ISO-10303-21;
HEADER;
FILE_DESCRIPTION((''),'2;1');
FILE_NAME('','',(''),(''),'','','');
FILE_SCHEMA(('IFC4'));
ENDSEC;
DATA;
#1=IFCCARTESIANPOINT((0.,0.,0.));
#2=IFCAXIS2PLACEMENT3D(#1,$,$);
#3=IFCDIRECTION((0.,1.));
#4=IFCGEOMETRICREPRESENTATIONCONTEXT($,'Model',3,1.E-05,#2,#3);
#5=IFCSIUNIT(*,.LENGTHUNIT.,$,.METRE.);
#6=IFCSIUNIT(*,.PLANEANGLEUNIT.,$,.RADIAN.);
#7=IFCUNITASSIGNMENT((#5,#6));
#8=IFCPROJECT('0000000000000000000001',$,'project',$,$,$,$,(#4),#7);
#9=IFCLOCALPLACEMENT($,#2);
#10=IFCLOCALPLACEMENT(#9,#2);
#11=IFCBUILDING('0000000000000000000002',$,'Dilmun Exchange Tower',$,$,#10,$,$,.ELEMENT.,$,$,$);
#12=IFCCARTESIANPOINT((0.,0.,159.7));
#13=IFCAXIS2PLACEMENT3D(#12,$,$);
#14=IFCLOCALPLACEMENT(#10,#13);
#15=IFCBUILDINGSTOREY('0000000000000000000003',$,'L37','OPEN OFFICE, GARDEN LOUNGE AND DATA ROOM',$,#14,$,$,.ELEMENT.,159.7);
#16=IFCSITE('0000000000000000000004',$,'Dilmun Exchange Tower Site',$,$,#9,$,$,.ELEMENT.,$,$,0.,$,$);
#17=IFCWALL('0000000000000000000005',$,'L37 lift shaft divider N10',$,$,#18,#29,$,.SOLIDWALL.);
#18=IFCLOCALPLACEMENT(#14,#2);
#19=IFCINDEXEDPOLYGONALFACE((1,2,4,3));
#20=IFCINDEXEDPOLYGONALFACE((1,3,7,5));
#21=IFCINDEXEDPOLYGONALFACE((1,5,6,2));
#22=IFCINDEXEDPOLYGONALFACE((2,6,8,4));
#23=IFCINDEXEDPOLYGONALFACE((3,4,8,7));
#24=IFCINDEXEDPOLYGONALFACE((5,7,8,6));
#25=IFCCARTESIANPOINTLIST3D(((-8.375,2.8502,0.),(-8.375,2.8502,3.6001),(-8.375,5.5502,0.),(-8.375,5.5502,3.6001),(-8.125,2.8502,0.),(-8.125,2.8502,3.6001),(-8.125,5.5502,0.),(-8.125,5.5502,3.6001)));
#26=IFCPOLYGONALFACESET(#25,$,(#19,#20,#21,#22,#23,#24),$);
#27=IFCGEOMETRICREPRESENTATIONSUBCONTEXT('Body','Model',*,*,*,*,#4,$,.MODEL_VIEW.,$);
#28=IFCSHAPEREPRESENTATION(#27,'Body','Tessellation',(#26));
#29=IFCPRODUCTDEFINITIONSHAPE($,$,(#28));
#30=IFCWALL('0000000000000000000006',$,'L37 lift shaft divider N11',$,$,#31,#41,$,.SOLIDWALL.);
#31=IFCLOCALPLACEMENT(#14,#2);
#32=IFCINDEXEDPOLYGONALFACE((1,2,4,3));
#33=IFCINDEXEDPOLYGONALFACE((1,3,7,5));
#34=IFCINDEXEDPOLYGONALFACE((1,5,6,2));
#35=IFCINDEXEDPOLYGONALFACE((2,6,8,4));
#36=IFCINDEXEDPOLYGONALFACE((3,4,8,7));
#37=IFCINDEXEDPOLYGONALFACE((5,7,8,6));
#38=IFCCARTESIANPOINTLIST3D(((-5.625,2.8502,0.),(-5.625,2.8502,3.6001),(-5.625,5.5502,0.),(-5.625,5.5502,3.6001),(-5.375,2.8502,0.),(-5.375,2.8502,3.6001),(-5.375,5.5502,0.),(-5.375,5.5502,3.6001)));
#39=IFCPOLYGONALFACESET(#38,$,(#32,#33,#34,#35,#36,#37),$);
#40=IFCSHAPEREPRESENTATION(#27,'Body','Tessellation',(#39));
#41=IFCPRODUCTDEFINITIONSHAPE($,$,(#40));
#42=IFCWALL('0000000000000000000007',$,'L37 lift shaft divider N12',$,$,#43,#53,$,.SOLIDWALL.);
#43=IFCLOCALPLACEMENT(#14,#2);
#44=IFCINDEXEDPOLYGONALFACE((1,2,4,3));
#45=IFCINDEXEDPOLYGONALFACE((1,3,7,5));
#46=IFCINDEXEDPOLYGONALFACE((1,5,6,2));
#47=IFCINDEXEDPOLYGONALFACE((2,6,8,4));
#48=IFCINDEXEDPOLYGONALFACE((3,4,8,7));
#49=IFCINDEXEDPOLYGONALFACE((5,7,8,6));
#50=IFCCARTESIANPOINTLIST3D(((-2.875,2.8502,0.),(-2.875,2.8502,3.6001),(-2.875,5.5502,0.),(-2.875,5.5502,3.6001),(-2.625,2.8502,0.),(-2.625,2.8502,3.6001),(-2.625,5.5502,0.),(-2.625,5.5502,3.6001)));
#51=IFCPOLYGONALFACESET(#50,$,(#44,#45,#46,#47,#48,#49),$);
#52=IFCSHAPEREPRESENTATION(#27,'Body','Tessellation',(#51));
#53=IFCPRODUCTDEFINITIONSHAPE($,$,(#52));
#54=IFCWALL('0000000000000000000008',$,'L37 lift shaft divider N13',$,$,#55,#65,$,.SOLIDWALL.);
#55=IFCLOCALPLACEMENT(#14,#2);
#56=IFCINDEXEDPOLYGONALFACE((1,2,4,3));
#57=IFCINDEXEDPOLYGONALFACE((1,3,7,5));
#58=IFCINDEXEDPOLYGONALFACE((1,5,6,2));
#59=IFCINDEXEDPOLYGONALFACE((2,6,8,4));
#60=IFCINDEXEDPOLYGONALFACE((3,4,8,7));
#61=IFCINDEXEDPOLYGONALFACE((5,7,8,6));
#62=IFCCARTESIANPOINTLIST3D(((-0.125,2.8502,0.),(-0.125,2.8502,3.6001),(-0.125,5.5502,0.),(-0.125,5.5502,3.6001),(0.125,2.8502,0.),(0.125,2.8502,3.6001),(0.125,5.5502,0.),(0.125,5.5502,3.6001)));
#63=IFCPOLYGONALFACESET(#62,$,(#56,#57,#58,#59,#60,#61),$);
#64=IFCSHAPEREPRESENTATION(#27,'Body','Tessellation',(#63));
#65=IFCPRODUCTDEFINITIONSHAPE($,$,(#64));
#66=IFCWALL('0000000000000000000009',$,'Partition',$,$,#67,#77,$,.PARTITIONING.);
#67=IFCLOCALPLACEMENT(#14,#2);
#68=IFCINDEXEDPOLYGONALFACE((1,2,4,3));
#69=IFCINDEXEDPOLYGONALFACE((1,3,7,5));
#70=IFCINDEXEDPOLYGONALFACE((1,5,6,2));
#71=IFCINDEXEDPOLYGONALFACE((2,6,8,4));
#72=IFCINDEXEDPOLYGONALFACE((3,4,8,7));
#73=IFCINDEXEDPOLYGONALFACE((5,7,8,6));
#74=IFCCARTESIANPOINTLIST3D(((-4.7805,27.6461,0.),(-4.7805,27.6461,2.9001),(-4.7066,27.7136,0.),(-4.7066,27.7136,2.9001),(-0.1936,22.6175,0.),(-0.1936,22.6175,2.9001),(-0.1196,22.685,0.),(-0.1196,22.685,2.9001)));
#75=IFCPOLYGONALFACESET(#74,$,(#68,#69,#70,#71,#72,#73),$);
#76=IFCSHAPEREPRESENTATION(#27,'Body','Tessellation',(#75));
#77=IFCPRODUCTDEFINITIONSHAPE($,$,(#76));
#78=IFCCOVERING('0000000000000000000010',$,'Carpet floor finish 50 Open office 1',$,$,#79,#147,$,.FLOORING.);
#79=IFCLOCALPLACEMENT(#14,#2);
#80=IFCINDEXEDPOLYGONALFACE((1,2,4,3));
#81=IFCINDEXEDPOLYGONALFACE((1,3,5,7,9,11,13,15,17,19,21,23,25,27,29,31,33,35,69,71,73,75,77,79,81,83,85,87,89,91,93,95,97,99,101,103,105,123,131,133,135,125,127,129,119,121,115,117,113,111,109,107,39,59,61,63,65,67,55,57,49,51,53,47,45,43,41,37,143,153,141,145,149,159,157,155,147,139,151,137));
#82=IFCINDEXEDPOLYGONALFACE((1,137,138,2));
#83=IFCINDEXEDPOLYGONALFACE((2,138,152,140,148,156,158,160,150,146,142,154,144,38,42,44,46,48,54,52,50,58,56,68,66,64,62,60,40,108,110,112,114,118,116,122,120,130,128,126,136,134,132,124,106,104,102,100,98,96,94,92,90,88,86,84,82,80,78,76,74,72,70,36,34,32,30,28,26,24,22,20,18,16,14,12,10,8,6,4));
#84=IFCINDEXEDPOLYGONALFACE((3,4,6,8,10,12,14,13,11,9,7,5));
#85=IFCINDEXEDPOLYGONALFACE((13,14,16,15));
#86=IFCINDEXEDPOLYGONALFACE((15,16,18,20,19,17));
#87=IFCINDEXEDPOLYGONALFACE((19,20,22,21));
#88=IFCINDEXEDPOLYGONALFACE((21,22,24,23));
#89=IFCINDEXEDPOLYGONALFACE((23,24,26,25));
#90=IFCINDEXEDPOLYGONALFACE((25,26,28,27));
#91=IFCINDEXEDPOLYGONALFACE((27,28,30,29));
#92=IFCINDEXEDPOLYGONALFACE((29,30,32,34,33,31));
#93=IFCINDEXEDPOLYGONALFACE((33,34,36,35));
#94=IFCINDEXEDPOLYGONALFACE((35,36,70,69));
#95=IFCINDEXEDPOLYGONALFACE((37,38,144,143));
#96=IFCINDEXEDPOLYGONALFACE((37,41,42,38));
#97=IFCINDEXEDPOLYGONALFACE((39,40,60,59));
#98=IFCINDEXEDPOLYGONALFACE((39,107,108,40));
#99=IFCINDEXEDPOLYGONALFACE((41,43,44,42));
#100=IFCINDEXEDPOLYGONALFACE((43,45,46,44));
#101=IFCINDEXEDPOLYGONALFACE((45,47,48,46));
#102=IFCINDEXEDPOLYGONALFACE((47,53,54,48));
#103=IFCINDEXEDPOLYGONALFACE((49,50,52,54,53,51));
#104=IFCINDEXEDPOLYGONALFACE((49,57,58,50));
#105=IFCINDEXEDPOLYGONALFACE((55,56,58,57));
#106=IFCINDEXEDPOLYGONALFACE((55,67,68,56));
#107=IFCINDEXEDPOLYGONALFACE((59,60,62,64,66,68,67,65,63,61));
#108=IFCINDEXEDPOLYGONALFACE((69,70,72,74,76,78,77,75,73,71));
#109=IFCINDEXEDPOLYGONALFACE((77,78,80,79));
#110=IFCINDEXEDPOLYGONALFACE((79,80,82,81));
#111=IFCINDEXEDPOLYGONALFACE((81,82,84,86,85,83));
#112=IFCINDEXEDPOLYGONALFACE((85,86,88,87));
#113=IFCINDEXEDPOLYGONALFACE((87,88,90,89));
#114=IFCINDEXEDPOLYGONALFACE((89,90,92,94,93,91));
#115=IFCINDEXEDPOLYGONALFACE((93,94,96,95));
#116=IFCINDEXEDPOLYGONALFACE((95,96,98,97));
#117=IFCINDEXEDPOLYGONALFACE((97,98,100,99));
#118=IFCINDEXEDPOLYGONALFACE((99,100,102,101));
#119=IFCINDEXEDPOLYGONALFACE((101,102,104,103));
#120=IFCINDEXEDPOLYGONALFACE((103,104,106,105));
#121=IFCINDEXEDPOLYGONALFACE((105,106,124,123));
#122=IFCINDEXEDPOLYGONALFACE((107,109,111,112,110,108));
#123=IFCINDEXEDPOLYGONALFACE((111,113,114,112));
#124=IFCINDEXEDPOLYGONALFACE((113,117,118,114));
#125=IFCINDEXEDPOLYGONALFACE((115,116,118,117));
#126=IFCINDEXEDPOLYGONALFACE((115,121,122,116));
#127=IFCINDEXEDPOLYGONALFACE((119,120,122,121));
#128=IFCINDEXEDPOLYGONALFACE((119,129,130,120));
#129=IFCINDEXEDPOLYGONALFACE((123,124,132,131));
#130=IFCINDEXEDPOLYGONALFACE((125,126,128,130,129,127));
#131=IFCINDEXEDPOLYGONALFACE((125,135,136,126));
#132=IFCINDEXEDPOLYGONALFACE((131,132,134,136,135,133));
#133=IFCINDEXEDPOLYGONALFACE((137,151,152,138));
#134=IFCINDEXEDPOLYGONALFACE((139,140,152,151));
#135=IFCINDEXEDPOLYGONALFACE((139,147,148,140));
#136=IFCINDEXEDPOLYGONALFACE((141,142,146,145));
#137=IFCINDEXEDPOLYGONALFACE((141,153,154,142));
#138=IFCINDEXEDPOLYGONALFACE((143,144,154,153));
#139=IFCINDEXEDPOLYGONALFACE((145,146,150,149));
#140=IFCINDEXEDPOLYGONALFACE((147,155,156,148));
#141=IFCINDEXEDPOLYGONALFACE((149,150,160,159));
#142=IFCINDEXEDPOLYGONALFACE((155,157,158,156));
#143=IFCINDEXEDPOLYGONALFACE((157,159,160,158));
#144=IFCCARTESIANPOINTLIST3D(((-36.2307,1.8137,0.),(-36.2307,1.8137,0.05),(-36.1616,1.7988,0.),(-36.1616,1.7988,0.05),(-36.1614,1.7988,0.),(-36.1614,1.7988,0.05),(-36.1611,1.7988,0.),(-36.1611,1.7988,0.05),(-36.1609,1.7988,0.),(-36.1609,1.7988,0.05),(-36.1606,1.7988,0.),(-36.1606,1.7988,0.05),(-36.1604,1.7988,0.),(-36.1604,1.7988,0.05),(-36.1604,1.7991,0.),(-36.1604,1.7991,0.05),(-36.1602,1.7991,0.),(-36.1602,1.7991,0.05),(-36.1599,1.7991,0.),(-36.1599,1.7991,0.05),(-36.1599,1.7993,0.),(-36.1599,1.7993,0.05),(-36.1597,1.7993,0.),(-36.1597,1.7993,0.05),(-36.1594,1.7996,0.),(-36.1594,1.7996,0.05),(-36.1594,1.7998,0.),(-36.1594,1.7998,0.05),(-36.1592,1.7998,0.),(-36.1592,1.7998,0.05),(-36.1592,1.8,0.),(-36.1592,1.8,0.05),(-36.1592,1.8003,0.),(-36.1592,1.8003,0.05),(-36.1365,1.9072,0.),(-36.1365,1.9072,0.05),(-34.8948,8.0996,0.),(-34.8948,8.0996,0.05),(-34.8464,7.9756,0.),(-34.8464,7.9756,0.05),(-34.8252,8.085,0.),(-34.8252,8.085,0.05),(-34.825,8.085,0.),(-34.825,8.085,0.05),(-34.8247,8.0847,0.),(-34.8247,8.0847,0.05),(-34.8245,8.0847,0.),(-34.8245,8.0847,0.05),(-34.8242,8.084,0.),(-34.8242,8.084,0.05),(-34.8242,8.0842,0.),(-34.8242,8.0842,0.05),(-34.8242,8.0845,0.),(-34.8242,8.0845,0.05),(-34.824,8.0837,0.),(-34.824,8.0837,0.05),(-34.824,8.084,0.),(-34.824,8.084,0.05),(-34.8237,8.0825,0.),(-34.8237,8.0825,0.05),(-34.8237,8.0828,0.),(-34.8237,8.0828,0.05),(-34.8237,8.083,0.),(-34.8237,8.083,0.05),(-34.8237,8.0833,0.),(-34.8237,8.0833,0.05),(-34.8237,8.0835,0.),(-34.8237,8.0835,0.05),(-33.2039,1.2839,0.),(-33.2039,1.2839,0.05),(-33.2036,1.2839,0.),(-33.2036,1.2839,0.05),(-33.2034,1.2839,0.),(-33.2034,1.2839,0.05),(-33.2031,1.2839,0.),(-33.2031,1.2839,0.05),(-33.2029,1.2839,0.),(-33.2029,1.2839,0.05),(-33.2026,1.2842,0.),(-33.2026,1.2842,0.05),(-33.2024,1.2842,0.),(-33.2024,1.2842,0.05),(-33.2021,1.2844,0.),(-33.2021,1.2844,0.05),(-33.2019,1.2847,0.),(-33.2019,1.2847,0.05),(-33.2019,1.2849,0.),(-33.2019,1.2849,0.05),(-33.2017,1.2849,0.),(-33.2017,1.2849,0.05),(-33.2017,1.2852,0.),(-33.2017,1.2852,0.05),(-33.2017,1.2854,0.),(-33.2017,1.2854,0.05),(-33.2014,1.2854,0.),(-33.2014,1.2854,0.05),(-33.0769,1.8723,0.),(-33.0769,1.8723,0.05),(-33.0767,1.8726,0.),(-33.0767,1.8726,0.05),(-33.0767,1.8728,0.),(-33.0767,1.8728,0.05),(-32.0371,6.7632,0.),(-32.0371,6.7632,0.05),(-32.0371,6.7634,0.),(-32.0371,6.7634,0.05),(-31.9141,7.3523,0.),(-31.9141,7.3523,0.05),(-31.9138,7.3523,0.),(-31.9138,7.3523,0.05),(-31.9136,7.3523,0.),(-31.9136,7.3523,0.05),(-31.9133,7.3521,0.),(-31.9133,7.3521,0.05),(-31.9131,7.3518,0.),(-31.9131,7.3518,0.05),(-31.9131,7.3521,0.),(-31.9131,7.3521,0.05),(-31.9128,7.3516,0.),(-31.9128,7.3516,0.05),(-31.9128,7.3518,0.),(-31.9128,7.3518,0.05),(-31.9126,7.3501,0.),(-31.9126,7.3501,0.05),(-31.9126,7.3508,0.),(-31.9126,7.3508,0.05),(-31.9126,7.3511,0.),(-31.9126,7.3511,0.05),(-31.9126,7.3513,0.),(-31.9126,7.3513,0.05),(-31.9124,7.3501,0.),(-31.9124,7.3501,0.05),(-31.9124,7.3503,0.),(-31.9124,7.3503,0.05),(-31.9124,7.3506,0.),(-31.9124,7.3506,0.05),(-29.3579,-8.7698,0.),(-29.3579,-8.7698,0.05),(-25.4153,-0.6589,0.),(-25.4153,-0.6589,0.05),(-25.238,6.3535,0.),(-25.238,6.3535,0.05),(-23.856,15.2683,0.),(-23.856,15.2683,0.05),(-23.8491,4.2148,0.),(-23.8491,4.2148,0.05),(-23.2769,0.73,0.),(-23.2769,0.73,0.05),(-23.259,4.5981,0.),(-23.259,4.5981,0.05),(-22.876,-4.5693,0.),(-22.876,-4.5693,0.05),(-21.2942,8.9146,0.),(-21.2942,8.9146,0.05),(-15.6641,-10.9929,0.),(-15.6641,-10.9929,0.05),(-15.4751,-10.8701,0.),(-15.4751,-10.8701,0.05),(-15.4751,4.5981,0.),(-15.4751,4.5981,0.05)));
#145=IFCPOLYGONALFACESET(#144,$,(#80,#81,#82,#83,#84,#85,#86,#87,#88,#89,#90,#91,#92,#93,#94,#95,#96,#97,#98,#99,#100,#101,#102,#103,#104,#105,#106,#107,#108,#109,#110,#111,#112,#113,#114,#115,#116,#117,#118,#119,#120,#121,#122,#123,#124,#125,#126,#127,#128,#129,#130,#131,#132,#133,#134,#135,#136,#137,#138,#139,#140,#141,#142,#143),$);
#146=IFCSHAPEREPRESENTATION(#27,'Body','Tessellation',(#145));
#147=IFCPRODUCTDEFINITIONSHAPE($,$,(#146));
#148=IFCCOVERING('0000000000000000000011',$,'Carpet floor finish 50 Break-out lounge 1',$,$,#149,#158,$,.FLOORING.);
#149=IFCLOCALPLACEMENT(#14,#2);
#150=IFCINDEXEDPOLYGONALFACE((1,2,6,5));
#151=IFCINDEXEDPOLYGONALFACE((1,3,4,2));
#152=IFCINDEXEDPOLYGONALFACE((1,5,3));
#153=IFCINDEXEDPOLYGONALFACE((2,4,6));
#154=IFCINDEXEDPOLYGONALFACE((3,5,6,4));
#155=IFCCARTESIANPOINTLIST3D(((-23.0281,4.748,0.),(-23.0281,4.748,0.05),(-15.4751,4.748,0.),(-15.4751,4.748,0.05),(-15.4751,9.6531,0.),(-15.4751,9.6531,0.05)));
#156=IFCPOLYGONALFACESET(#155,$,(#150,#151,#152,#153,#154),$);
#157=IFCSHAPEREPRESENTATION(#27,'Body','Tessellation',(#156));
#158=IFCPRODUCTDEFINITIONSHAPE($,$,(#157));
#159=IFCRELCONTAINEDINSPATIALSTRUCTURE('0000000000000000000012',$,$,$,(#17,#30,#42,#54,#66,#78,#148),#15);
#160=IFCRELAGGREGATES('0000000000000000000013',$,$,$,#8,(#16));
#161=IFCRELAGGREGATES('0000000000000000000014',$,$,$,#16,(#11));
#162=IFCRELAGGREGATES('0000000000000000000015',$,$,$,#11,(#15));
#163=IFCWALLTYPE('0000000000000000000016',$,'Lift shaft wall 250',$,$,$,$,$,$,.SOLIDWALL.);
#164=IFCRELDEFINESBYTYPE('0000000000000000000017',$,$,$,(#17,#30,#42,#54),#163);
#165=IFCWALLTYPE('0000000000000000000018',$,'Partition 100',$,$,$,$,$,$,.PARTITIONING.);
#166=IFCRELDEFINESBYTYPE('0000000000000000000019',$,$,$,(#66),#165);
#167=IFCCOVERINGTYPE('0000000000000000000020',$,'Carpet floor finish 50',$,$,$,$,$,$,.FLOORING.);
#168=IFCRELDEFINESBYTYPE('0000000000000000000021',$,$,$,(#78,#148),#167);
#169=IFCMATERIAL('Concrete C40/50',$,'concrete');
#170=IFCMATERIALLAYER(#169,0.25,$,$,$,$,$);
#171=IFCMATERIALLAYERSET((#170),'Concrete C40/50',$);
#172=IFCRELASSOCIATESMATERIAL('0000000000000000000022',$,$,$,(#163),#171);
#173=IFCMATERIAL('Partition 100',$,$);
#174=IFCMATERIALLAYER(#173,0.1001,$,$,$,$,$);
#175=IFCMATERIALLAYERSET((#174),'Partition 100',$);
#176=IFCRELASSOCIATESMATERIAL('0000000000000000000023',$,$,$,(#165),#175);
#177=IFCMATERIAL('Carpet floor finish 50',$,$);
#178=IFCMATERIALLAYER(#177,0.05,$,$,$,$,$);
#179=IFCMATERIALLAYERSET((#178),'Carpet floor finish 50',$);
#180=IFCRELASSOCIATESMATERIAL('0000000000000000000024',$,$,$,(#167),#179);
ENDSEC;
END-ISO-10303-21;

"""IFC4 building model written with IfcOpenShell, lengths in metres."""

from ifc_helpers import new_model, si_unit, direction, frame, frame_2d, origin, place, context, subcontext, project, spatial, polyline, rectangle, outline, extrude, material, layer, layer_set, type_object, element, save


model = new_model("IFC4")

# Units and contexts
model_context = context("Model", 3, precision=1e-05, world=origin(), true_north=direction((0.0, 1.0)))
body_context = subcontext(model_context, "Body", "Model", "MODEL_VIEW")
ifc_project = project(units=[si_unit("LENGTHUNIT", "METRE"), si_unit("PLANEANGLEUNIT", "RADIAN")], contexts=[model_context])

# Site, building, storey
site_placement = place(None, origin())
site = spatial("IfcSite", under=ifc_project, at=site_placement, Name="Dilmun Exchange Tower Site", CompositionType="ELEMENT", RefElevation=0.0)
building_placement = place(site_placement, origin())
building = spatial("IfcBuilding", under=site, at=building_placement, Name="Dilmun Exchange Tower", CompositionType="ELEMENT")
storey_placement = place(building_placement, frame((0.0, 0.0, 159.7)))
storey = spatial("IfcBuildingStorey", under=building, at=storey_placement, Name="L37", Description="OPEN OFFICE, GARDEN LOUNGE AND DATA ROOM", CompositionType="ELEMENT", Elevation=159.7)

# Shared definitions
ifc_material_1 = material(Name="Concrete C40/50", Category="concrete")

# Walls
ifc_layer_1 = layer(ifc_material_1, 0.25)
ifc_layer_set_1 = layer_set([ifc_layer_1], Name="Concrete C40/50")
wall_type_1 = type_object("IfcWallType", Name="Lift shaft wall 250", PredefinedType="SOLIDWALL", material=ifc_layer_set_1)
for number, where, z_axis, x_axis, name in (
    (1, (-8.25, 2.8501, 0.0), (0.0, 0.0, 1.0), (0.0, 1.0, 0.0), "L37 lift shaft divider N10"),
    (2, (-5.5, 2.8501, 0.0), (0.0, 0.0, 1.0), (0.0, 1.0, 0.0), "L37 lift shaft divider N11"),
    (3, (-2.75, 2.8501, 0.0), (0.0, 0.0, 1.0), (0.0, 1.0, 0.0), "L37 lift shaft divider N12"),
    (4, (0.0, 2.8501, 0.0), (0.0, 0.0, 1.0), (0.0, 1.0, 0.0), "L37 lift shaft divider N13"),
):
    element("IfcWall", number, at=place(storey_placement, frame(where, z_axis=z_axis, x_axis=x_axis)), inside=storey, type_object=wall_type_1, Name=name, PredefinedType="SOLIDWALL", context=body_context, shape_type="SweptSolid", body=[
        extrude(rectangle(XDim=2.7, YDim=0.25, at=frame_2d((1.3501, 0.0))), origin(), (0.0, 0.0, 1.0), 3.6001),
    ])
ifc_material_2 = material(Name="Partition 100")
ifc_layer_2 = layer(ifc_material_2, 0.1001)
ifc_layer_set_2 = layer_set([ifc_layer_2], Name="Partition 100")
wall_type_2 = type_object("IfcWallType", Name="Partition 100", PredefinedType="PARTITIONING", material=ifc_layer_set_2)
wall_1_placement = place(storey_placement, frame((-4.7437, 27.6799, 0.0), z_axis=(0.0, 0.0, 1.0), x_axis=(0.673918, -0.738806, 0.0)))
element("IfcWall", 5, at=wall_1_placement, inside=storey, type_object=wall_type_2, Name="Partition", PredefinedType="PARTITIONING", context=body_context, shape_type="SweptSolid", body=[
    extrude(rectangle(XDim=6.8064, YDim=0.1001, at=frame_2d((3.4033, 0.0))), origin(), (0.0, 0.0, 1.0), 2.9001),
])

# Coverings
ifc_material_3 = material(Name="Carpet floor finish 50")
ifc_layer_3 = layer(ifc_material_3, 0.05)
ifc_layer_set_3 = layer_set([ifc_layer_3], Name="Carpet floor finish 50")
covering_type_1 = type_object("IfcCoveringType", Name="Carpet floor finish 50", PredefinedType="FLOORING", material=ifc_layer_set_3)
covering_1_placement = place(storey_placement, origin())
element("IfcCovering", 6, at=covering_1_placement, inside=storey, type_object=covering_type_1, Name="Carpet floor finish 50 Open office 1", PredefinedType="FLOORING", context=body_context, shape_type="SweptSolid", body=[
    extrude(outline(polyline([(-23.2769, 0.73), (-25.4153, -0.6589), (-22.876, -4.5693), (-29.3579, -8.7698), (-36.2307, 1.8137), (-36.1616, 1.7988), (-36.1614, 1.7988), (-36.1611, 1.7988), (-36.1609, 1.7988), (-36.1606, 1.7988), (-36.1604, 1.7988), (-36.1604, 1.7991), (-36.1602, 1.7991), (-36.1599, 1.7991), (-36.1599, 1.7993), (-36.1597, 1.7993), (-36.1594, 1.7996), (-36.1594, 1.7998), (-36.1592, 1.7998), (-36.1592, 1.8), (-36.1592, 1.8003), (-36.1592, 1.8003), (-36.1365, 1.9072), (-33.2039, 1.2839), (-33.2036, 1.2839), (-33.2036, 1.2839), (-33.2034, 1.2839), (-33.2031, 1.2839), (-33.2029, 1.2839), (-33.2026, 1.2842), (-33.2024, 1.2842), (-33.2024, 1.2842), (-33.2021, 1.2844), (-33.2021, 1.2844), (-33.2019, 1.2847), (-33.2019, 1.2849), (-33.2017, 1.2849), (-33.2017, 1.2852), (-33.2017, 1.2854), (-33.2014, 1.2854), (-33.0769, 1.8723), (-33.0767, 1.8726), (-33.0767, 1.8728), (-32.0371, 6.7632), (-32.0371, 6.7632), (-32.0371, 6.7634), (-31.9126, 7.3501), (-31.9124, 7.3501), (-31.9124, 7.3503), (-31.9124, 7.3506), (-31.9126, 7.3508), (-31.9126, 7.3511), (-31.9126, 7.3513), (-31.9126, 7.3513), (-31.9128, 7.3516), (-31.9128, 7.3518), (-31.9131, 7.3518), (-31.9131, 7.3521), (-31.9133, 7.3521), (-31.9136, 7.3523), (-31.9136, 7.3523), (-31.9138, 7.3523), (-31.9141, 7.3523), (-34.8464, 7.9756), (-34.8237, 8.0825), (-34.8237, 8.0828), (-34.8237, 8.083), (-34.8237, 8.0833), (-34.8237, 8.0835), (-34.8237, 8.0835), (-34.824, 8.0837), (-34.824, 8.084), (-34.8242, 8.084), (-34.8242, 8.0842), (-34.8242, 8.0845), (-34.8245, 8.0847), (-34.8247, 8.0847), (-34.8247, 8.0847), (-34.825, 8.085), (-34.8252, 8.085), (-34.8252, 8.085), (-34.8948, 8.0996), (-23.856, 15.2683), (-21.2942, 8.9146), (-25.238, 6.3535), (-23.8491, 4.2148), (-23.259, 4.5981), (-15.4751, 4.5981), (-15.4751, -10.8701), (-15.6641, -10.9929), (-23.2769, 0.73)])), origin(), (0.0, 0.0, 1.0), 0.05),
])
covering_2_placement = place(storey_placement, origin())
element("IfcCovering", 7, at=covering_2_placement, inside=storey, type_object=covering_type_1, Name="Carpet floor finish 50 Break-out lounge 1", PredefinedType="FLOORING", context=body_context, shape_type="SweptSolid", body=[
    extrude(outline(polyline([(-15.4751, 4.748), (-23.0281, 4.748), (-15.4751, 9.6531), (-15.4751, 4.748)])), origin(), (0.0, 0.0, 1.0), 0.05),
])

save(model, "model.ifc")
